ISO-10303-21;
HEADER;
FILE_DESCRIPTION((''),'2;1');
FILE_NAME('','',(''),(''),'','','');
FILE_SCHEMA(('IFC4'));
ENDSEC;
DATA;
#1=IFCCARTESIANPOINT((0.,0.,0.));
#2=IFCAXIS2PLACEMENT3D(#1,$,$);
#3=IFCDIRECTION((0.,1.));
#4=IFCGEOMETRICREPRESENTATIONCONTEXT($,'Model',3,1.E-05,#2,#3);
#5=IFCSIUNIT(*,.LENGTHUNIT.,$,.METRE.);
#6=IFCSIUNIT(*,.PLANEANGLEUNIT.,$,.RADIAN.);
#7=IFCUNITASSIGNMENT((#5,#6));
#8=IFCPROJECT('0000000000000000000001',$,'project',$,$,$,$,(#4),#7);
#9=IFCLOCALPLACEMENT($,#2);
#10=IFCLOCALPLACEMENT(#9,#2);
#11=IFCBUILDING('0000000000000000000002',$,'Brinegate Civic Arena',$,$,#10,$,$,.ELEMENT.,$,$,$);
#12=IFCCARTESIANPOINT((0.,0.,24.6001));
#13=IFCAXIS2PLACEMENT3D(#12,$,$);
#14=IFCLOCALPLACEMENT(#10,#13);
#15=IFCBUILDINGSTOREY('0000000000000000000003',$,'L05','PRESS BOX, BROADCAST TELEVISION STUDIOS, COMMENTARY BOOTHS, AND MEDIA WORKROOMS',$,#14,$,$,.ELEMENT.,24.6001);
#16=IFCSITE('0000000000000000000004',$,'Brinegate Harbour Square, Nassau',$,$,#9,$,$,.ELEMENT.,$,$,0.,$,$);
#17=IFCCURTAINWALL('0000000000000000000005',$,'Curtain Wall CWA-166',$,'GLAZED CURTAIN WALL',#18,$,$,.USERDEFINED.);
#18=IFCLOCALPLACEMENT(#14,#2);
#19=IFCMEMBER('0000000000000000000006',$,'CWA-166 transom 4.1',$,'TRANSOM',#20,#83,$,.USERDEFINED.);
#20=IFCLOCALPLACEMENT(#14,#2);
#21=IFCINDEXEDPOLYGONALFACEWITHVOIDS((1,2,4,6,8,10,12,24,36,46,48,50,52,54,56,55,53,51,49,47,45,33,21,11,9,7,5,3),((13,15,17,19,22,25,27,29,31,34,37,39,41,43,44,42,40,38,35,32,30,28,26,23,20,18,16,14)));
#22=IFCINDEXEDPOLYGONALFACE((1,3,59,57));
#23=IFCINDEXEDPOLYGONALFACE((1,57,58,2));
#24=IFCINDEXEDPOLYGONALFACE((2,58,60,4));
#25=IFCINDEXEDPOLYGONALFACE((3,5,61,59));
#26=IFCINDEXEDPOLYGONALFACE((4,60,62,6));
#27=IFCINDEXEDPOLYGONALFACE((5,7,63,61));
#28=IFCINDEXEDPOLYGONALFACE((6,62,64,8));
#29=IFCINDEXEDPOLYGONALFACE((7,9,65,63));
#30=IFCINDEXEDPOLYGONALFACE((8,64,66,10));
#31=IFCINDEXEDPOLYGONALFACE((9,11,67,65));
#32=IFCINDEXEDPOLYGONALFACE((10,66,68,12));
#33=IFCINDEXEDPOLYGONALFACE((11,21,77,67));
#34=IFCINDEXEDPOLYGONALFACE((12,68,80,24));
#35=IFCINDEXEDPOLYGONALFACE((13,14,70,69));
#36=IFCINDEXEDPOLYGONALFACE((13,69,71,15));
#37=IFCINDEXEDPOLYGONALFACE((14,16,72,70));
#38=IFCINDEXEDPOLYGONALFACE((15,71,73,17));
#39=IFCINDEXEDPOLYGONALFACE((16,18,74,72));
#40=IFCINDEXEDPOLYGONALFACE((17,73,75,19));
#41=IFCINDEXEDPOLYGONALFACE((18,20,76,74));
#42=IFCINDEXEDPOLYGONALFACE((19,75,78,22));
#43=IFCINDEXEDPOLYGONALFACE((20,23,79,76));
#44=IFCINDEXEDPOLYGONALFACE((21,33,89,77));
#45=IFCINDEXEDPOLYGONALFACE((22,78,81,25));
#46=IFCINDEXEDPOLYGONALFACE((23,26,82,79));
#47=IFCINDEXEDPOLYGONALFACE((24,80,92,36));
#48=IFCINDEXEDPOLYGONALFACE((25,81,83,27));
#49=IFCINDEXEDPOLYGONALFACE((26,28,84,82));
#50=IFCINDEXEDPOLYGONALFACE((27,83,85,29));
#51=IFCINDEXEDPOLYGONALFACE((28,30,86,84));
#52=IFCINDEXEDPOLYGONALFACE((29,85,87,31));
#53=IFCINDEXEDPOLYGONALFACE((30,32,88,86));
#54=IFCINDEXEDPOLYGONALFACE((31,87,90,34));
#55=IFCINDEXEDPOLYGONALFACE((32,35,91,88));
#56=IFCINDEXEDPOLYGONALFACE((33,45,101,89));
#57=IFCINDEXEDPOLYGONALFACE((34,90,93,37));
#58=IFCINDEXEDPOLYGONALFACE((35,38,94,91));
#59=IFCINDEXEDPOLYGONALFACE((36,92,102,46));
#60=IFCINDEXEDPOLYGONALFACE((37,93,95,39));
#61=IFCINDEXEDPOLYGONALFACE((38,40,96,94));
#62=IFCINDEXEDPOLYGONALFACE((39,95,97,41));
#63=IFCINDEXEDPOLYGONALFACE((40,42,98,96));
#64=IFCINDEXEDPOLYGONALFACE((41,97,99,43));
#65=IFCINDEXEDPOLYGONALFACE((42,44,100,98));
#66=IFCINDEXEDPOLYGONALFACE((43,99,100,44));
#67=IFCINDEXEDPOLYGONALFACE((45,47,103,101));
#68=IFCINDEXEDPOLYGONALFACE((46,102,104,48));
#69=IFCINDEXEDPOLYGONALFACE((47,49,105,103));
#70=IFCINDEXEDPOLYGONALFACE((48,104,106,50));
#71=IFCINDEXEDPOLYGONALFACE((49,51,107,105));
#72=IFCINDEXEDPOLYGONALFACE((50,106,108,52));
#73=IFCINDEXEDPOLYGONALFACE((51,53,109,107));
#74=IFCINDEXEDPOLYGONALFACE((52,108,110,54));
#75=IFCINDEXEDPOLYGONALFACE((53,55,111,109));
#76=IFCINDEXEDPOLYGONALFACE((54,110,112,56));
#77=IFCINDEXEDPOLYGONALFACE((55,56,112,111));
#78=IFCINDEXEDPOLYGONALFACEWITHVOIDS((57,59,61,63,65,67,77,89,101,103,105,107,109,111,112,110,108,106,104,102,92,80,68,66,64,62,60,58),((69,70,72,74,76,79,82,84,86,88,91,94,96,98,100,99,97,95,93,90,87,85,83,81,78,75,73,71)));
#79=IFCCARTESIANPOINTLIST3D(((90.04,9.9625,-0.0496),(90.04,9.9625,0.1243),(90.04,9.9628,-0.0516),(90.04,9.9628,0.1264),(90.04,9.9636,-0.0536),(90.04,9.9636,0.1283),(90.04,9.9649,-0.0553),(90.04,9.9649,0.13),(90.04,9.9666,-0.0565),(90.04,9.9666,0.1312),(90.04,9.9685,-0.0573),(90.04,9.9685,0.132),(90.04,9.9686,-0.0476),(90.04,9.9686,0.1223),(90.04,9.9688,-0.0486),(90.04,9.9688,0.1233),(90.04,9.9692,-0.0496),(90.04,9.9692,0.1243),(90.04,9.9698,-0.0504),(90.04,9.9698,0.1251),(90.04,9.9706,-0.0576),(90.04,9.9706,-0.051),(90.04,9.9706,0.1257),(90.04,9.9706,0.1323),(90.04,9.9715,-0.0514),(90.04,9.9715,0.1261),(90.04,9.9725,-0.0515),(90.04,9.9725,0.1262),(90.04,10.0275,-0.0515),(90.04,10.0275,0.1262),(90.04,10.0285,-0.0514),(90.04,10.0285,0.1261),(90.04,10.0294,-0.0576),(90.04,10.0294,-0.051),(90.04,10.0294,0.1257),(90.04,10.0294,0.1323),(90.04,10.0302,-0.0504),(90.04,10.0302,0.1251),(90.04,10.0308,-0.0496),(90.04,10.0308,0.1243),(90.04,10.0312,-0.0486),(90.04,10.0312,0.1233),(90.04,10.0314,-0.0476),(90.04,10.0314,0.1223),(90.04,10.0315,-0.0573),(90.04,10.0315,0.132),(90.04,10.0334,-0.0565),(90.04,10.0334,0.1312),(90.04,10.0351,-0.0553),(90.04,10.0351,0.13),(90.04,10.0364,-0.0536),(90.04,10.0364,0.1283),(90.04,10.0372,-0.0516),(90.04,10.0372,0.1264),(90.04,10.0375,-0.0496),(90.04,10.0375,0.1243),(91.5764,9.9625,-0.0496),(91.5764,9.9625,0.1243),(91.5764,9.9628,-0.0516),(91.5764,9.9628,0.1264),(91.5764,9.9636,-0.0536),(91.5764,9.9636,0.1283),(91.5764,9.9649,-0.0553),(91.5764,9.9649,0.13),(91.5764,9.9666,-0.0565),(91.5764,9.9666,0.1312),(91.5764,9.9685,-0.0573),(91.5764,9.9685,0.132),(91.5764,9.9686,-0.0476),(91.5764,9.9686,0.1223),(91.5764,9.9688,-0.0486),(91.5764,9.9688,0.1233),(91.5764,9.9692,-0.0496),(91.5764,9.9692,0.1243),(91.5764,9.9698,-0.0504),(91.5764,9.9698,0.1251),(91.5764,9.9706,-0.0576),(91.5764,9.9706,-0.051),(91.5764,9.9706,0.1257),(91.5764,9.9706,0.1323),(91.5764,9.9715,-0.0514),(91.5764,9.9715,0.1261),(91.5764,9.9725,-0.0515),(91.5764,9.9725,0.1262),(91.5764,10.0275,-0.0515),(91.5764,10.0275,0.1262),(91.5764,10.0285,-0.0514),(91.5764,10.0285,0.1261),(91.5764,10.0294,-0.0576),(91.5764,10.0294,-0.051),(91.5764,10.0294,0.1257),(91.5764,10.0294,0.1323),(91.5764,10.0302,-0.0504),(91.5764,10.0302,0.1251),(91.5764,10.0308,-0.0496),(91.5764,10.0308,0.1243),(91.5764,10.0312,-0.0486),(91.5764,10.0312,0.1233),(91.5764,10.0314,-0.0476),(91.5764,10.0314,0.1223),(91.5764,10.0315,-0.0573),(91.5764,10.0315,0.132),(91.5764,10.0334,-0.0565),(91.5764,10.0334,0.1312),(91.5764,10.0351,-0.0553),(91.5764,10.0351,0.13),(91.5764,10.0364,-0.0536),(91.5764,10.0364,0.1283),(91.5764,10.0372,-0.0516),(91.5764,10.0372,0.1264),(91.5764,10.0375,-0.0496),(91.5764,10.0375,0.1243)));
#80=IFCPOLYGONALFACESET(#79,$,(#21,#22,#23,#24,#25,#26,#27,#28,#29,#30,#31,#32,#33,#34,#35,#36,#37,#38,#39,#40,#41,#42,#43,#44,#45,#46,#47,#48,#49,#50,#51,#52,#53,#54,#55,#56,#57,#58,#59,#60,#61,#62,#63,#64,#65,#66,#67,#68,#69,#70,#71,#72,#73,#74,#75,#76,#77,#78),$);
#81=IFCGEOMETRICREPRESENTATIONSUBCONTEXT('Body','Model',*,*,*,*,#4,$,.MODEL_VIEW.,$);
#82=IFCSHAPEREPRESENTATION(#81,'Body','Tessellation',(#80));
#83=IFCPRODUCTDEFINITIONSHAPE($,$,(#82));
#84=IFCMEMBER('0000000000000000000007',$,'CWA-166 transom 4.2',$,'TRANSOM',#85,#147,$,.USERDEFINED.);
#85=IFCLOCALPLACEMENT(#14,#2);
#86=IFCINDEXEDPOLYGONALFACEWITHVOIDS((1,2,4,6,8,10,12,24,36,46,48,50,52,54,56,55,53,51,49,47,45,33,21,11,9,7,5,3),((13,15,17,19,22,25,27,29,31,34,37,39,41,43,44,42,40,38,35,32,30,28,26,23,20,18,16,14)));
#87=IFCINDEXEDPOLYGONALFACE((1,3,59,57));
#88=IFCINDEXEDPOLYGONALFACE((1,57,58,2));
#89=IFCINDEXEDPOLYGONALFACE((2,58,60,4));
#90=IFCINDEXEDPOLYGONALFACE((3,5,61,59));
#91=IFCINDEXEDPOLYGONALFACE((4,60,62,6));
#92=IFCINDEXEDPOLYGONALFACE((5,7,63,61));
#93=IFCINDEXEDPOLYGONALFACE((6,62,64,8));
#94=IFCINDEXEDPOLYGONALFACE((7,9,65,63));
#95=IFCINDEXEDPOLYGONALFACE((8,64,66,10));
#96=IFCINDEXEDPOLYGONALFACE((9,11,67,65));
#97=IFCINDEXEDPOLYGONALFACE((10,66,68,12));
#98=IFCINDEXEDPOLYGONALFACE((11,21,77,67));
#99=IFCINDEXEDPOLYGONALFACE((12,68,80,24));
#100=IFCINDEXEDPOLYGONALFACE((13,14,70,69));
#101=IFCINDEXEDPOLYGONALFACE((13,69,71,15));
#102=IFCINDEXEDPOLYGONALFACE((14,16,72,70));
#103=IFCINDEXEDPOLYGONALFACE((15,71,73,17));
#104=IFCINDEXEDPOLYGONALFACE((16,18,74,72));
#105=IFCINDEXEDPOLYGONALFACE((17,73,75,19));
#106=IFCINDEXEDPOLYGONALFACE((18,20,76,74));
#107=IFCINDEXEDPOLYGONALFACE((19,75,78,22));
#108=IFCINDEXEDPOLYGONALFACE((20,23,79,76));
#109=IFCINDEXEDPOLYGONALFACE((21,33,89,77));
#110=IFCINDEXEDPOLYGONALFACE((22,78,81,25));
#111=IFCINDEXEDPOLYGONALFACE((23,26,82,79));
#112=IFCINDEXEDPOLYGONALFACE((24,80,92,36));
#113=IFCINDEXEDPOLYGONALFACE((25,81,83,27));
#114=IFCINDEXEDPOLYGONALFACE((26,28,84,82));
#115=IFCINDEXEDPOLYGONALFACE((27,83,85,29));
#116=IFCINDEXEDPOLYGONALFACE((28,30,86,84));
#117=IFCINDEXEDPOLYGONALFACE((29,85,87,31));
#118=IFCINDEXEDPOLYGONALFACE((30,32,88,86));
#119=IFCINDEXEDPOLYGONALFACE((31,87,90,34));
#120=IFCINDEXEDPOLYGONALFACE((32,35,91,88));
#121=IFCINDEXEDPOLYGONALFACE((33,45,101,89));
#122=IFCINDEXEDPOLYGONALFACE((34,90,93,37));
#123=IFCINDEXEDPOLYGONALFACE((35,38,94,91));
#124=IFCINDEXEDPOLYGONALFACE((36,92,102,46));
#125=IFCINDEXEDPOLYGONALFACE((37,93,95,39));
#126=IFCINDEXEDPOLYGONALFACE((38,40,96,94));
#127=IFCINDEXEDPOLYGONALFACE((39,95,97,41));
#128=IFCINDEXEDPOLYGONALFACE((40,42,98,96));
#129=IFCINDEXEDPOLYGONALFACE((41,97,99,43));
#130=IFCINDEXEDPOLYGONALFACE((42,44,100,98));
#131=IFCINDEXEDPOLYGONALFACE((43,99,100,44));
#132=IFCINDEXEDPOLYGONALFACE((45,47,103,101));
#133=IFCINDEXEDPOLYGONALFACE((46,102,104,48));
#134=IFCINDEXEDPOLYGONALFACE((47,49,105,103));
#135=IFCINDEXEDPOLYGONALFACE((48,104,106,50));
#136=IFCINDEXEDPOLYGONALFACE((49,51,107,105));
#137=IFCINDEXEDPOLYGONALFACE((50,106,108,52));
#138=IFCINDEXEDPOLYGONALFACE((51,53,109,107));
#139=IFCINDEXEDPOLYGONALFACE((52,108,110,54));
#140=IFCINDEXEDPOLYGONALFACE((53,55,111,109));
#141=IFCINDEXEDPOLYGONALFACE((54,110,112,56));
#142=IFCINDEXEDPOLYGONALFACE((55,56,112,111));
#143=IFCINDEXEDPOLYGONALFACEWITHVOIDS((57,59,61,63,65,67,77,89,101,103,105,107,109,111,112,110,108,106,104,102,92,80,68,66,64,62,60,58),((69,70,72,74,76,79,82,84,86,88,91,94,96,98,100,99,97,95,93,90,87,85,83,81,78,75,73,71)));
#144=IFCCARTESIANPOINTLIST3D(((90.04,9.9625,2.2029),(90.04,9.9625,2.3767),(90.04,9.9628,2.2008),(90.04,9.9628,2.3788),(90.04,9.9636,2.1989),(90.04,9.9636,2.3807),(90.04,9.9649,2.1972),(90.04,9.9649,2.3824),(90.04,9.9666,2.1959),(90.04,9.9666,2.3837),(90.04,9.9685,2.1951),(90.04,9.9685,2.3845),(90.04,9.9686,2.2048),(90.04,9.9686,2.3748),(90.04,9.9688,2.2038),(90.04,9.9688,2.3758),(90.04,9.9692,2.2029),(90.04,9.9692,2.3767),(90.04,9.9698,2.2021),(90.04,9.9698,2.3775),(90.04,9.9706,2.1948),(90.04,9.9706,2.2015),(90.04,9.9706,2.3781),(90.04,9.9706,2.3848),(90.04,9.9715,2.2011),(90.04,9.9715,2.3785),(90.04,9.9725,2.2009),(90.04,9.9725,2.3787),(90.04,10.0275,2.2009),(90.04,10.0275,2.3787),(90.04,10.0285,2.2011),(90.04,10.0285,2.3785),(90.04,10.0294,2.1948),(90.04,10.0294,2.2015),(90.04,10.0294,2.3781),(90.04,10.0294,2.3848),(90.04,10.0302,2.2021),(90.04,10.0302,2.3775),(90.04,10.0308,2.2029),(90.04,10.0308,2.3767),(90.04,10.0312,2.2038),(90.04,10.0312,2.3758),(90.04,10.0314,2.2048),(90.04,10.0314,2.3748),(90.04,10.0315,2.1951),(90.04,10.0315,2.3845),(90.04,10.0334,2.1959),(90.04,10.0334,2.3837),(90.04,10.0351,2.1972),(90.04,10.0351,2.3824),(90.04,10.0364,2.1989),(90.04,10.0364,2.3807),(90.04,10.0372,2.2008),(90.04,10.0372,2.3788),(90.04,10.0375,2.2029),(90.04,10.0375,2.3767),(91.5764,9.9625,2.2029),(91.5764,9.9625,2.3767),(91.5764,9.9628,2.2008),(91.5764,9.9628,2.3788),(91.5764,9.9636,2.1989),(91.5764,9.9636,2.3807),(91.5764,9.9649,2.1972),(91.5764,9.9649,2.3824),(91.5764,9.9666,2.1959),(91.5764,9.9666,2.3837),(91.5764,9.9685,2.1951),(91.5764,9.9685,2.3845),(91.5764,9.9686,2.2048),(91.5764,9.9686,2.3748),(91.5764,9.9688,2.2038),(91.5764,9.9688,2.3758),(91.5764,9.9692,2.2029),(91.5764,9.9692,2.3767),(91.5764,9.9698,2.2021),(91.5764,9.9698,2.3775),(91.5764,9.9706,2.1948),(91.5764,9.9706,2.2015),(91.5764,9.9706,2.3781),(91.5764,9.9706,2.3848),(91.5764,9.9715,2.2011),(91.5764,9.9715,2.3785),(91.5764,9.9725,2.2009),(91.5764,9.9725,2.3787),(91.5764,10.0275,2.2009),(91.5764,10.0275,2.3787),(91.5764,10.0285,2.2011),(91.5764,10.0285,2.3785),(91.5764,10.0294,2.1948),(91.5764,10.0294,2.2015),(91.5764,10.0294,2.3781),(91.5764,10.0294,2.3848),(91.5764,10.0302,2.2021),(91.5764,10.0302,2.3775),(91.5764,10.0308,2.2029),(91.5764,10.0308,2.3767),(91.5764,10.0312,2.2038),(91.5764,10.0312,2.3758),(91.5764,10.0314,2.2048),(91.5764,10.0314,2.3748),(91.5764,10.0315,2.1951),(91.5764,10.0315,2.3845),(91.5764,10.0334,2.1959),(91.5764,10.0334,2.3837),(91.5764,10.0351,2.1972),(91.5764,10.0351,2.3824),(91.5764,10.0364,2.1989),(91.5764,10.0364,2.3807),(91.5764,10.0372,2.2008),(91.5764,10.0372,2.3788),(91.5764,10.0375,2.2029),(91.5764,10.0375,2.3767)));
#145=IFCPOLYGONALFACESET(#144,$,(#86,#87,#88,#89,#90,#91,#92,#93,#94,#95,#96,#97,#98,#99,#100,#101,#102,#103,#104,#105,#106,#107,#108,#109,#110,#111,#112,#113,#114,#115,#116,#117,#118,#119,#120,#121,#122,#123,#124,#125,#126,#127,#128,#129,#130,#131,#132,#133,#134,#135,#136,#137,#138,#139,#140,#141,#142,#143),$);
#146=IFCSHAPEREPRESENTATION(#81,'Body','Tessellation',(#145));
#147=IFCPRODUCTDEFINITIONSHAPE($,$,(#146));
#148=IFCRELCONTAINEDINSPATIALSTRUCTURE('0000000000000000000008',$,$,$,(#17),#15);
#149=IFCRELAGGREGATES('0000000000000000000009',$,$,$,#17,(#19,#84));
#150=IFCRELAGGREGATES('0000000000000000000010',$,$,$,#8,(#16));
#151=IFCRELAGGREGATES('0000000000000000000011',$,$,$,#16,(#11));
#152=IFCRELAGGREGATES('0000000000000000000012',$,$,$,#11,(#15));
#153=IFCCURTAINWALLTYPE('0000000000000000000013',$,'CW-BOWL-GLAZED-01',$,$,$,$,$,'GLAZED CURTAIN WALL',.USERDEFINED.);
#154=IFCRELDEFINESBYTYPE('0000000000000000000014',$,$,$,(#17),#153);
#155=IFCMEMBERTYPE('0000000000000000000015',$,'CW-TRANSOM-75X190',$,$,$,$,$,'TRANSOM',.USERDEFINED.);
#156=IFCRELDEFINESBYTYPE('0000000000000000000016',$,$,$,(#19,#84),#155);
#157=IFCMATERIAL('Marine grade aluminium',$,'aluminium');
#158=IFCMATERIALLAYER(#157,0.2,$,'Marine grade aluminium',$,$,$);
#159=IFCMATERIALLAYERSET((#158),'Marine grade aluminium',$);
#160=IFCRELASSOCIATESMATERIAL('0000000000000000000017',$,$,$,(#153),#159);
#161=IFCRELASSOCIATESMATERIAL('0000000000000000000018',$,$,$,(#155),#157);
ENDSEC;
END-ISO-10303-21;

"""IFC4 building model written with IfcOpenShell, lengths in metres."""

from ifc_helpers import new_model, si_unit, direction, frame, origin, origin_2d, place, context, subcontext, project, spatial, hollow_rectangle, extrude, material, layer, layer_set, material_profile, profile_set, type_object, element, aggregate, save


model = new_model("IFC4")

# Units and contexts
model_context = context("Model", 3, precision=1e-05, world=origin(), true_north=direction((0.0, 1.0)))
body_context = subcontext(model_context, "Body", "Model", "MODEL_VIEW")
ifc_project = project(units=[si_unit("LENGTHUNIT", "METRE"), si_unit("PLANEANGLEUNIT", "RADIAN")], contexts=[model_context])

# Site, building, storey
site_placement = place(None, origin())
site = spatial("IfcSite", under=ifc_project, at=site_placement, Name="Brinegate Harbour Square, Nassau", CompositionType="ELEMENT", RefElevation=0.0)
building_placement = place(site_placement, origin())
building = spatial("IfcBuilding", under=site, at=building_placement, Name="Brinegate Civic Arena", CompositionType="ELEMENT")
storey_placement = place(building_placement, frame((0.0, 0.0, 24.6001)))
storey = spatial("IfcBuildingStorey", under=building, at=storey_placement, Name="L05", Description="PRESS BOX, BROADCAST TELEVISION STUDIOS, COMMENTARY BOOTHS, AND MEDIA WORKROOMS", CompositionType="ELEMENT", Elevation=24.6001)

# Shared definitions
ifc_material_1 = material(Name="Marine grade aluminium", Category="aluminium")
ifc_layer_1 = layer(ifc_material_1, 0.2, Name="Marine grade aluminium")
ifc_layer_set_1 = layer_set([ifc_layer_1], Name="Marine grade aluminium")
curtain_wall_type = type_object("IfcCurtainWallType", Name="CW-BOWL-GLAZED-01", ElementType="GLAZED CURTAIN WALL", PredefinedType="USERDEFINED", material=ifc_layer_set_1)

# Curtain wall
curtain_wall_1_placement = place(storey_placement, origin())
curtain_wall_1 = element("IfcCurtainWall", 1, at=curtain_wall_1_placement, inside=storey, type_object=curtain_wall_type, Name="Curtain Wall CWA-166", ObjectType="GLAZED CURTAIN WALL", PredefinedType="USERDEFINED")

# Members
ifc_material_profile_1 = material_profile(ifc_material_1, hollow_rectangle(XDim=0.075, YDim=0.1899, WallThickness=0.0061, InnerFilletRadius=0.0039, OuterFilletRadius=0.0081, at=origin_2d()), Name="TRN75X190")
ifc_profile_set_1 = profile_set([ifc_material_profile_1], Name="Marine grade aluminium")
member_type_1 = type_object("IfcMemberType", Name="CW-TRANSOM-75X190", ElementType="TRANSOM", PredefinedType="USERDEFINED", material=ifc_profile_set_1)
member_1_placement = place(storey_placement, frame((90.04, 10.0, 0.0374), z_axis=(1.0, 0.0, 0.0), x_axis=(0.0, 1.0, 0.0)))
member_1 = element("IfcMember", 2, at=member_1_placement, type_object=member_type_1, Name="CWA-166 transom 4.1", ObjectType="TRANSOM", PredefinedType="USERDEFINED", context=body_context, shape_type="SweptSolid", body=[
    extrude(hollow_rectangle(XDim=0.075, YDim=0.1899, WallThickness=0.0061, InnerFilletRadius=0.0039, OuterFilletRadius=0.0081, at=origin_2d()), origin(), (0.0, 0.0, 1.0), 1.5364),
])
member_2_placement = place(storey_placement, frame((90.04, 10.0, 2.2898), z_axis=(1.0, 0.0, 0.0), x_axis=(0.0, 1.0, 0.0)))
member_2 = element("IfcMember", 3, at=member_2_placement, type_object=member_type_1, Name="CWA-166 transom 4.2", ObjectType="TRANSOM", PredefinedType="USERDEFINED", context=body_context, shape_type="SweptSolid", body=[
    extrude(hollow_rectangle(XDim=0.075, YDim=0.1899, WallThickness=0.0061, InnerFilletRadius=0.0039, OuterFilletRadius=0.0081, at=origin_2d()), origin(), (0.0, 0.0, 1.0), 1.5364),
])

aggregate(curtain_wall_1, [member_1, member_2])

save(model, "model.ifc")
